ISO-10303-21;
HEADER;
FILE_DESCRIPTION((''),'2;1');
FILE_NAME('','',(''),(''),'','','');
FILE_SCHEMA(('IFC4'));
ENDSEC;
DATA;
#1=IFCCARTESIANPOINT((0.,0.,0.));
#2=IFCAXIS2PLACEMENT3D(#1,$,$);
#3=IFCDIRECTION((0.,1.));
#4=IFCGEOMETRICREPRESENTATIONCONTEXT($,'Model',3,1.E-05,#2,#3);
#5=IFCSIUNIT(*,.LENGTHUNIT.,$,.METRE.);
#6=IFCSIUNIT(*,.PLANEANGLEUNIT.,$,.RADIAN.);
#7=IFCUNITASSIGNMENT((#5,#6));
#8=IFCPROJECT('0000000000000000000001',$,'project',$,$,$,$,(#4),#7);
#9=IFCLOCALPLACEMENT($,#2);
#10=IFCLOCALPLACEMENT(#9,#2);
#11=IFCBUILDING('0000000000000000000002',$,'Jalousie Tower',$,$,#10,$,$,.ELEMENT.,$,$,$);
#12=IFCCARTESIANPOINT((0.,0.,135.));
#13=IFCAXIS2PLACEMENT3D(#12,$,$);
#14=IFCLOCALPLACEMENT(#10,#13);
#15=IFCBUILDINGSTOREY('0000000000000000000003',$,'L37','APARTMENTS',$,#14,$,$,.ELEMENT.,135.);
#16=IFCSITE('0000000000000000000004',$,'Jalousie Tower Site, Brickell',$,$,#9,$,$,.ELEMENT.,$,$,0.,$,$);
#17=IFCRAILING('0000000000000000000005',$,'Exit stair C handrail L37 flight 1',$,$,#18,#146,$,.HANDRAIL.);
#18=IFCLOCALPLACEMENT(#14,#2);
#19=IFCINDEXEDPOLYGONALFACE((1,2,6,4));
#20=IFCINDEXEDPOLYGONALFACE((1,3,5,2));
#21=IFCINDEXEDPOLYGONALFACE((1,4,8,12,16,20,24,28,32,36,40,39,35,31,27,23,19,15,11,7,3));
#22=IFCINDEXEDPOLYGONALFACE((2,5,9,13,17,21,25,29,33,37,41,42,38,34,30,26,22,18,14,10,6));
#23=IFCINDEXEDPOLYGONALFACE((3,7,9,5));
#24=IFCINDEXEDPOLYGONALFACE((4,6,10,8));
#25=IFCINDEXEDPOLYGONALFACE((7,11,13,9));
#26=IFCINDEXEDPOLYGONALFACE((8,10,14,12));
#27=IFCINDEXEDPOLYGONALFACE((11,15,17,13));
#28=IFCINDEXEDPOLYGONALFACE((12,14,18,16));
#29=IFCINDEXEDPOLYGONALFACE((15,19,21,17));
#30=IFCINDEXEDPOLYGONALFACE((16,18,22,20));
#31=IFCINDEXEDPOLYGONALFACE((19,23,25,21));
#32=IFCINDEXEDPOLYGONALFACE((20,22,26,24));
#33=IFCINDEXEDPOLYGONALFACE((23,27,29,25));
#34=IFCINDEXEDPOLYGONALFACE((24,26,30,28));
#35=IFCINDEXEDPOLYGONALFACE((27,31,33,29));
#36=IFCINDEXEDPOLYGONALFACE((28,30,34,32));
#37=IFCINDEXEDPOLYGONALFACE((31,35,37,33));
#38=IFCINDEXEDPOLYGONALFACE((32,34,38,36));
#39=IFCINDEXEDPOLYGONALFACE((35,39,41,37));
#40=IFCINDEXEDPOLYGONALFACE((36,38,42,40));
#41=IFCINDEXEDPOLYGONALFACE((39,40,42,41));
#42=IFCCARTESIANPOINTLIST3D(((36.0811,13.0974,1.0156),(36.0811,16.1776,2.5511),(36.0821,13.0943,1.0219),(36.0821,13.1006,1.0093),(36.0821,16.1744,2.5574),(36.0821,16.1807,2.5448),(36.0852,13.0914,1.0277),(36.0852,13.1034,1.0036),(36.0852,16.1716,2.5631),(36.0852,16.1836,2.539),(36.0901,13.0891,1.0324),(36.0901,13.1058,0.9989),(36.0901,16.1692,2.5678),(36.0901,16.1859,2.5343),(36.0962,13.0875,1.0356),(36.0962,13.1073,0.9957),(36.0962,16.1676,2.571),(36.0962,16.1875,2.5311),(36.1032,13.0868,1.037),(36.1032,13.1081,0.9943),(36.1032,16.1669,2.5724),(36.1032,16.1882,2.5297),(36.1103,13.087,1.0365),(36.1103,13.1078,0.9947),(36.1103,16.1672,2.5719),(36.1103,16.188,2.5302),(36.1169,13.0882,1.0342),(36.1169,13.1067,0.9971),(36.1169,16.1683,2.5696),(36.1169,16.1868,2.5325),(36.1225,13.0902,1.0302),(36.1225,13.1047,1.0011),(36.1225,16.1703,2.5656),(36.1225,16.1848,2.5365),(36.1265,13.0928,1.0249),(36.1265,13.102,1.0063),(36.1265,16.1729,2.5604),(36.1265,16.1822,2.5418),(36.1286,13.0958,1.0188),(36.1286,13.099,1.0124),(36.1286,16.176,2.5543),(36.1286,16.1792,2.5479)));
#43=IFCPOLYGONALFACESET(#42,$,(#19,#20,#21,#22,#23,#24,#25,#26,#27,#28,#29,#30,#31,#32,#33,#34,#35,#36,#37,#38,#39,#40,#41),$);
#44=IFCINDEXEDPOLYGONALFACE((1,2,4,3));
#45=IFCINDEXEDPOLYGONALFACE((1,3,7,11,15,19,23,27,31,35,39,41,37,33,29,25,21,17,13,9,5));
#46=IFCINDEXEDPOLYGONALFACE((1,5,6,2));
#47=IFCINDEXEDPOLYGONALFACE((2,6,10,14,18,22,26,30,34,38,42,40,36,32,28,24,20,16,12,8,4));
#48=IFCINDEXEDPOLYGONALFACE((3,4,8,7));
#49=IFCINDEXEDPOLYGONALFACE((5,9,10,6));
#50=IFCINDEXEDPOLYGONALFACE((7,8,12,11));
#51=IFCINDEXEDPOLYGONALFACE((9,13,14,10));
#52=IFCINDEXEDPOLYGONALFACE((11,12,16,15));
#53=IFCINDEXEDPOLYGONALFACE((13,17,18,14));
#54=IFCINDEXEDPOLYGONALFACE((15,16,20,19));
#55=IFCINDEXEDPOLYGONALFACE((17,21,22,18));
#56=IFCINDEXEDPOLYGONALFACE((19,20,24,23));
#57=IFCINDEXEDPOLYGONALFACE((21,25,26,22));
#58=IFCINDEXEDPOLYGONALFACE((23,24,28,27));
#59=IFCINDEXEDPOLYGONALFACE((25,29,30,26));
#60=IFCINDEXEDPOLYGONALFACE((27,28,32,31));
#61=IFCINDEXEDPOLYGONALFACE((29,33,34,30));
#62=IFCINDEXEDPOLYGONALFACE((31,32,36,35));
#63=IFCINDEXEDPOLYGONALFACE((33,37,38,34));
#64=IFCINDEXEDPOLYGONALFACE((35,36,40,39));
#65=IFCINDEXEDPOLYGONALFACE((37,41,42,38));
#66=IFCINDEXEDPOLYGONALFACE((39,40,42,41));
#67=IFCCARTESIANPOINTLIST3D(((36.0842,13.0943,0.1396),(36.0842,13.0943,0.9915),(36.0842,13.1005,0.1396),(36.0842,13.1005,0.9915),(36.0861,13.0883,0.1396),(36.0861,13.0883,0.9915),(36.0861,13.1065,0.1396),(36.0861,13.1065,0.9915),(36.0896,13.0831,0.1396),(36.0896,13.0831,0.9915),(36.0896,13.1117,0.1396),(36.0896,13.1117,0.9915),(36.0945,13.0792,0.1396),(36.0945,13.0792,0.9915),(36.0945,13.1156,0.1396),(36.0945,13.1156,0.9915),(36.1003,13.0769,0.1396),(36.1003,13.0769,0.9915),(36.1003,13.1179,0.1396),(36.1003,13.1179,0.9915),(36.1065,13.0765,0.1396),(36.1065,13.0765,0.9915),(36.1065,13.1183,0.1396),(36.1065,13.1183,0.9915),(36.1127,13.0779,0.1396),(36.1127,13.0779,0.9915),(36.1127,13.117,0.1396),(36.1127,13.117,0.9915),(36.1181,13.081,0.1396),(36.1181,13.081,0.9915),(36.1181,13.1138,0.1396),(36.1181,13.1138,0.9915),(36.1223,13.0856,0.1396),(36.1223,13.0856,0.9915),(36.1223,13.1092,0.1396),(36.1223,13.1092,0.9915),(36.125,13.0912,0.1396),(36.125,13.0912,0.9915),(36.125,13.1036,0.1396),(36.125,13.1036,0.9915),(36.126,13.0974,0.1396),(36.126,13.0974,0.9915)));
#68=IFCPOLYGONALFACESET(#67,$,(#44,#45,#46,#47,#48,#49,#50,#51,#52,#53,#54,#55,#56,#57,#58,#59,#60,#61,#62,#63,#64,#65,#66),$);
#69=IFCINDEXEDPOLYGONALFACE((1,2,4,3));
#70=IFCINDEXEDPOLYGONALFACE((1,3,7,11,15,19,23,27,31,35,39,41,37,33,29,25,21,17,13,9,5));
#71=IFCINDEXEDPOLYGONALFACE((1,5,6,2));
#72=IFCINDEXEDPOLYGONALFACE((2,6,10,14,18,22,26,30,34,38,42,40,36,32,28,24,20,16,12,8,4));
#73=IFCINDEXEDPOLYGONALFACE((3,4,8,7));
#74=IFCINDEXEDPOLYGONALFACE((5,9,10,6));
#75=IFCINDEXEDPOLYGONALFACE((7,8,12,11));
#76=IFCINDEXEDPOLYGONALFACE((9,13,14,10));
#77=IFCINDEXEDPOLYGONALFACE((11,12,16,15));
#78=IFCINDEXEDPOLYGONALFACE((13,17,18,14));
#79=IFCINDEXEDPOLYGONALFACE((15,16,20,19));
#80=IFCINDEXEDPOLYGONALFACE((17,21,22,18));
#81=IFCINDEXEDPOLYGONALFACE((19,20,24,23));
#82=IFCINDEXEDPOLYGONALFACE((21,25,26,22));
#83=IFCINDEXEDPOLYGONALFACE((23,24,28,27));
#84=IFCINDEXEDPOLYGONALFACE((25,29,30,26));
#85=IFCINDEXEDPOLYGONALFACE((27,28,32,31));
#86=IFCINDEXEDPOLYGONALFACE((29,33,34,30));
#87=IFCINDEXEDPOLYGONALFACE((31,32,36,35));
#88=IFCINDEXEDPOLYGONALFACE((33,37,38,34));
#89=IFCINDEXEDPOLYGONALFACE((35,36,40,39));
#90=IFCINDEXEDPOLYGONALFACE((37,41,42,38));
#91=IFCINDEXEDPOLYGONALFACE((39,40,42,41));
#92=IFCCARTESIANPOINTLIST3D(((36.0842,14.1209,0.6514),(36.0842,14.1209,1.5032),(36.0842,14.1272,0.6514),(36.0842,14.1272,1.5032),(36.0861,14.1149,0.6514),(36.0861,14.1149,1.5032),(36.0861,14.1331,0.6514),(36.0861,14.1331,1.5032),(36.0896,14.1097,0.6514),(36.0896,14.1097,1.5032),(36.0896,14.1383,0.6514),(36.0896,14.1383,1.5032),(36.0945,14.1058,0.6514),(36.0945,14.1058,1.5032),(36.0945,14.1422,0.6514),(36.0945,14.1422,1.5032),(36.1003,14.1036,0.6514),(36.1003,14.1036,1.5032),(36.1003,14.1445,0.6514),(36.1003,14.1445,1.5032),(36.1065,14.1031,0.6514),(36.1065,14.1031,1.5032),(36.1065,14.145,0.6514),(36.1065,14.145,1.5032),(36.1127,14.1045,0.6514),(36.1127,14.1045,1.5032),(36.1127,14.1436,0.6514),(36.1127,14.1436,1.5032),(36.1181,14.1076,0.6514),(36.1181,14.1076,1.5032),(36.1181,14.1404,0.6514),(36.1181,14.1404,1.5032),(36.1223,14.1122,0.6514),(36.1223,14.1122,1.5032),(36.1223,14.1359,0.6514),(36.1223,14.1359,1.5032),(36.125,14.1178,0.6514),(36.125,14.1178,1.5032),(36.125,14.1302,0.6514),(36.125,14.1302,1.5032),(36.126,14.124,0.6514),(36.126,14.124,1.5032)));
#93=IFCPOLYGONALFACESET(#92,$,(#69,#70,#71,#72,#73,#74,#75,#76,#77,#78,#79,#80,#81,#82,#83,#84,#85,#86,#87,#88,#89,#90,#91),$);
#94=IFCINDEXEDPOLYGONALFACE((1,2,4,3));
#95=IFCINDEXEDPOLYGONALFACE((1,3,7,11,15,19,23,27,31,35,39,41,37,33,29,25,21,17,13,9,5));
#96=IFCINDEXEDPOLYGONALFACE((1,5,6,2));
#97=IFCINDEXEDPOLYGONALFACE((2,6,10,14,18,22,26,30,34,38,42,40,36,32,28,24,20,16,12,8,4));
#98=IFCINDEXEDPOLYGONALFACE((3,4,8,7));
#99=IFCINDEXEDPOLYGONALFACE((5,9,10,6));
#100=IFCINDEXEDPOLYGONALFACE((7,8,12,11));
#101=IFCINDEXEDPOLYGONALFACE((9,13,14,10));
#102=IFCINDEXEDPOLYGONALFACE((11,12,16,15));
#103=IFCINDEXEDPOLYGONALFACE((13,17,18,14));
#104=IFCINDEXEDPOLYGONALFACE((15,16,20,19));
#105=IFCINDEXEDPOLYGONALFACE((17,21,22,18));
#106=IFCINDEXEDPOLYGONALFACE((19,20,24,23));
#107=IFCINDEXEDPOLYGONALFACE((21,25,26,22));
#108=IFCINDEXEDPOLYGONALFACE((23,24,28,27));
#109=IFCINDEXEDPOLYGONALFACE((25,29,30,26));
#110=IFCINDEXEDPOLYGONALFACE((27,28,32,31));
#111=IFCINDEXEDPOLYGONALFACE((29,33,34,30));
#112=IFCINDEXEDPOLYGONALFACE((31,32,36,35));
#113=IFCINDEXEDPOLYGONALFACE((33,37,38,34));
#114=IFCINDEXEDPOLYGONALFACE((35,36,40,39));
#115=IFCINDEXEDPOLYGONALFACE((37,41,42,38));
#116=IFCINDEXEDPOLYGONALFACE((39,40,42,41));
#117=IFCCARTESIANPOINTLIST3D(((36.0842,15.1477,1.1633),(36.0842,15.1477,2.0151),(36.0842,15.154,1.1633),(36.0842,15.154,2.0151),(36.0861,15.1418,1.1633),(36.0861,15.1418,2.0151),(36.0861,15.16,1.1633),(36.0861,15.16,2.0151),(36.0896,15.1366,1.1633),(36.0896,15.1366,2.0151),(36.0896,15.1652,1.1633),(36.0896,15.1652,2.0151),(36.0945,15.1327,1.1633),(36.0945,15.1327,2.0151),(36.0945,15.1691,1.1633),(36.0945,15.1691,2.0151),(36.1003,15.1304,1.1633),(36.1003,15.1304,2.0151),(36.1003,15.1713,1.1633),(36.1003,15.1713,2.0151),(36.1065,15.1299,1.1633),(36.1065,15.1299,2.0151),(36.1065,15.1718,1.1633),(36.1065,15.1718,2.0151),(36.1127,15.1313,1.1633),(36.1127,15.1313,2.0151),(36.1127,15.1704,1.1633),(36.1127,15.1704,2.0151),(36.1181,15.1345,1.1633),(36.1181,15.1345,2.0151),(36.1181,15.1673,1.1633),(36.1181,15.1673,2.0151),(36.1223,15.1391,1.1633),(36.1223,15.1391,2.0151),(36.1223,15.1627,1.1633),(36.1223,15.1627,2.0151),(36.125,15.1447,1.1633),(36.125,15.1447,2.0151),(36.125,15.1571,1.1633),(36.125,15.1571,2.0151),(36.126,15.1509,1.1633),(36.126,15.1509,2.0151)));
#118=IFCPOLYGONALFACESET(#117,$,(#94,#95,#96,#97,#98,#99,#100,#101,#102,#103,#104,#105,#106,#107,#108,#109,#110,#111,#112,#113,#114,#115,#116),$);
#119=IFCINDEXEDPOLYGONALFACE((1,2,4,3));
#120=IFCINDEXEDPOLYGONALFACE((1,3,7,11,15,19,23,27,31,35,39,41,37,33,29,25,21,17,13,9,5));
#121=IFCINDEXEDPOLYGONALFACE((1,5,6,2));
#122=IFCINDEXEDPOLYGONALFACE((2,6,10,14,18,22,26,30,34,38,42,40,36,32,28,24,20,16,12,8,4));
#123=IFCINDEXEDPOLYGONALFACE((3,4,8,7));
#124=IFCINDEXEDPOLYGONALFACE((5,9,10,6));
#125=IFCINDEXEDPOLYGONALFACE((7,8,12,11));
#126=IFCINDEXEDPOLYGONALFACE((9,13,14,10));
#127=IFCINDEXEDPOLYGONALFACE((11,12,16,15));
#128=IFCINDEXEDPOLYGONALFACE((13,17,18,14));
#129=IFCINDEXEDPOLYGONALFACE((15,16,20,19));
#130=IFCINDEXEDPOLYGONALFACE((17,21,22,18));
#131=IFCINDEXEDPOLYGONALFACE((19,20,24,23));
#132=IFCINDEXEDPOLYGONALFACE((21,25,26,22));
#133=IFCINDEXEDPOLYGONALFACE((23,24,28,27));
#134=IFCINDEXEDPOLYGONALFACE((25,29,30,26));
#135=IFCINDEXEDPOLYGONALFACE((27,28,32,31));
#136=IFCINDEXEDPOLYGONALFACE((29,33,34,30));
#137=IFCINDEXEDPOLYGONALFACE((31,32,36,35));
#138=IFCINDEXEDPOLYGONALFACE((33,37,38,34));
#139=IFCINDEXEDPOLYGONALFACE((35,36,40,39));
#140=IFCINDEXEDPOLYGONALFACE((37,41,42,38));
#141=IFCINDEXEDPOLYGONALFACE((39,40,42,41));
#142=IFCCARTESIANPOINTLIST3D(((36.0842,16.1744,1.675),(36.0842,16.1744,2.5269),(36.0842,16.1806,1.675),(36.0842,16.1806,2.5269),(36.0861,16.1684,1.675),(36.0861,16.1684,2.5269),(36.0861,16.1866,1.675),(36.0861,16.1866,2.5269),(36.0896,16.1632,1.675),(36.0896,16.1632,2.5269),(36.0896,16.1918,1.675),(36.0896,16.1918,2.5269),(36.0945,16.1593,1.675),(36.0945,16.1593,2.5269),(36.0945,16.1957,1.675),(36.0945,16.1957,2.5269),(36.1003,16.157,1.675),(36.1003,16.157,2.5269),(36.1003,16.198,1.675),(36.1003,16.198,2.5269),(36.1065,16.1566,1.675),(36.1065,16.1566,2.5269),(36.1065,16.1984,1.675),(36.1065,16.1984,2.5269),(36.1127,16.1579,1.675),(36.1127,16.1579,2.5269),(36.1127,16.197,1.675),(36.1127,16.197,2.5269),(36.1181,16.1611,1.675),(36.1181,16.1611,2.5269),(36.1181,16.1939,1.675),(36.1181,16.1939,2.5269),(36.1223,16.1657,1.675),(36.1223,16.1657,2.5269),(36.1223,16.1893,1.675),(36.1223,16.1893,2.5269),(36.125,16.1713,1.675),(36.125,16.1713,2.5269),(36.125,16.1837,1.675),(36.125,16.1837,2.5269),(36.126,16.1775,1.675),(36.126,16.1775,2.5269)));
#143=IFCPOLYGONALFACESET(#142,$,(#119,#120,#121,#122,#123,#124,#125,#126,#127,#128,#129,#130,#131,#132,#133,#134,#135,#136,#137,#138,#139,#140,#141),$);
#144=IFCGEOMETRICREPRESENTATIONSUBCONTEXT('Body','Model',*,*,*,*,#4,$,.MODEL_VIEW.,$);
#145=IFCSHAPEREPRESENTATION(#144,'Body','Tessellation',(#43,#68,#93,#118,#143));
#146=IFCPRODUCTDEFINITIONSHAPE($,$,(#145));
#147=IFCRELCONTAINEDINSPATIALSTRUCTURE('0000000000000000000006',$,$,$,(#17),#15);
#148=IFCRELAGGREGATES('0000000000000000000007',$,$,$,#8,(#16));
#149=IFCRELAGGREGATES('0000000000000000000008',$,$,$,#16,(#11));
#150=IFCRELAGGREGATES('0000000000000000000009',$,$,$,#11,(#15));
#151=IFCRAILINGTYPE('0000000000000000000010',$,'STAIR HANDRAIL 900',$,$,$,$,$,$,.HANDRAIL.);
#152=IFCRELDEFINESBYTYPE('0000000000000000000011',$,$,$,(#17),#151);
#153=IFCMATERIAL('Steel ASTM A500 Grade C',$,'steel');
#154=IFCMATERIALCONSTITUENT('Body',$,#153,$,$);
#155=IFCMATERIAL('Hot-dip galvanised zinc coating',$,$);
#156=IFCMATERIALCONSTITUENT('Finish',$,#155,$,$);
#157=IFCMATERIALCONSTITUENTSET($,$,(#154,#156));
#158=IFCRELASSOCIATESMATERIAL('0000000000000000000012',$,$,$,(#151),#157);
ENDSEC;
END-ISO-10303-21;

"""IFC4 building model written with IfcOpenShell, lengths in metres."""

from ifc_helpers import new_model, si_unit, direction, frame, origin, origin_2d, place, context, subcontext, project, spatial, circle, extrude, material, constituent, constituent_set, type_object, element, save


model = new_model("IFC4")

# Units and contexts
model_context = context("Model", 3, precision=1e-05, world=origin(), true_north=direction((0.0, 1.0)))
body_context = subcontext(model_context, "Body", "Model", "MODEL_VIEW")
ifc_project = project(units=[si_unit("LENGTHUNIT", "METRE"), si_unit("PLANEANGLEUNIT", "RADIAN")], contexts=[model_context])

# Site, building, storey
site_placement = place(None, origin())
site = spatial("IfcSite", under=ifc_project, at=site_placement, Name="Jalousie Tower Site, Brickell", CompositionType="ELEMENT", RefElevation=0.0)
building_placement = place(site_placement, origin())
building = spatial("IfcBuilding", under=site, at=building_placement, Name="Jalousie Tower", CompositionType="ELEMENT")
storey_placement = place(building_placement, frame((0.0, 0.0, 135.0)))
storey = spatial("IfcBuildingStorey", under=building, at=storey_placement, Name="L37", Description="APARTMENTS", CompositionType="ELEMENT", Elevation=135.0)

# Railing
ifc_material_1 = material(Name="Steel ASTM A500 Grade C", Category="steel")
ifc_constituent_1 = constituent(ifc_material_1, Name="Body")
ifc_material_2 = material(Name="Hot-dip galvanised zinc coating")
ifc_constituent_2 = constituent(ifc_material_2, Name="Finish")
ifc_constituent_set_1 = constituent_set(constituents=[ifc_constituent_1, ifc_constituent_2])
railing_type_1 = type_object("IfcRailingType", Name="STAIR HANDRAIL 900", PredefinedType="HANDRAIL", material=ifc_constituent_set_1)
railing_1_placement = place(storey_placement, frame((36.105, 13.0974, 0.1396)))
element("IfcRailing", 1, at=railing_1_placement, inside=storey, type_object=railing_type_1, Name="Exit stair C handrail L37 flight 1", PredefinedType="HANDRAIL", context=body_context, shape_type="SweptSolid", body=[
    extrude(circle(Radius=0.0239, at=origin_2d()), frame((0.0, 0.0, 0.876), z_axis=(0.0, 0.894966, 0.446135), x_axis=(-1.0, 0.0, 0.0)), (0.0, 0.0, 1.0), 3.4417),
    extrude(circle(Radius=0.021, at=origin_2d()), origin(), (0.0, 0.0, 1.0), 0.8518),
    extrude(circle(Radius=0.021, at=origin_2d()), frame((0.0, 1.0266, 0.5117)), (0.0, 0.0, 1.0), 0.8518),
    extrude(circle(Radius=0.021, at=origin_2d()), frame((0.0, 2.0535, 1.0237)), (0.0, 0.0, 1.0), 0.8518),
    extrude(circle(Radius=0.021, at=origin_2d()), frame((0.0, 3.0801, 1.5354)), (0.0, 0.0, 1.0), 0.8518),
])

save(model, "model.ifc")
